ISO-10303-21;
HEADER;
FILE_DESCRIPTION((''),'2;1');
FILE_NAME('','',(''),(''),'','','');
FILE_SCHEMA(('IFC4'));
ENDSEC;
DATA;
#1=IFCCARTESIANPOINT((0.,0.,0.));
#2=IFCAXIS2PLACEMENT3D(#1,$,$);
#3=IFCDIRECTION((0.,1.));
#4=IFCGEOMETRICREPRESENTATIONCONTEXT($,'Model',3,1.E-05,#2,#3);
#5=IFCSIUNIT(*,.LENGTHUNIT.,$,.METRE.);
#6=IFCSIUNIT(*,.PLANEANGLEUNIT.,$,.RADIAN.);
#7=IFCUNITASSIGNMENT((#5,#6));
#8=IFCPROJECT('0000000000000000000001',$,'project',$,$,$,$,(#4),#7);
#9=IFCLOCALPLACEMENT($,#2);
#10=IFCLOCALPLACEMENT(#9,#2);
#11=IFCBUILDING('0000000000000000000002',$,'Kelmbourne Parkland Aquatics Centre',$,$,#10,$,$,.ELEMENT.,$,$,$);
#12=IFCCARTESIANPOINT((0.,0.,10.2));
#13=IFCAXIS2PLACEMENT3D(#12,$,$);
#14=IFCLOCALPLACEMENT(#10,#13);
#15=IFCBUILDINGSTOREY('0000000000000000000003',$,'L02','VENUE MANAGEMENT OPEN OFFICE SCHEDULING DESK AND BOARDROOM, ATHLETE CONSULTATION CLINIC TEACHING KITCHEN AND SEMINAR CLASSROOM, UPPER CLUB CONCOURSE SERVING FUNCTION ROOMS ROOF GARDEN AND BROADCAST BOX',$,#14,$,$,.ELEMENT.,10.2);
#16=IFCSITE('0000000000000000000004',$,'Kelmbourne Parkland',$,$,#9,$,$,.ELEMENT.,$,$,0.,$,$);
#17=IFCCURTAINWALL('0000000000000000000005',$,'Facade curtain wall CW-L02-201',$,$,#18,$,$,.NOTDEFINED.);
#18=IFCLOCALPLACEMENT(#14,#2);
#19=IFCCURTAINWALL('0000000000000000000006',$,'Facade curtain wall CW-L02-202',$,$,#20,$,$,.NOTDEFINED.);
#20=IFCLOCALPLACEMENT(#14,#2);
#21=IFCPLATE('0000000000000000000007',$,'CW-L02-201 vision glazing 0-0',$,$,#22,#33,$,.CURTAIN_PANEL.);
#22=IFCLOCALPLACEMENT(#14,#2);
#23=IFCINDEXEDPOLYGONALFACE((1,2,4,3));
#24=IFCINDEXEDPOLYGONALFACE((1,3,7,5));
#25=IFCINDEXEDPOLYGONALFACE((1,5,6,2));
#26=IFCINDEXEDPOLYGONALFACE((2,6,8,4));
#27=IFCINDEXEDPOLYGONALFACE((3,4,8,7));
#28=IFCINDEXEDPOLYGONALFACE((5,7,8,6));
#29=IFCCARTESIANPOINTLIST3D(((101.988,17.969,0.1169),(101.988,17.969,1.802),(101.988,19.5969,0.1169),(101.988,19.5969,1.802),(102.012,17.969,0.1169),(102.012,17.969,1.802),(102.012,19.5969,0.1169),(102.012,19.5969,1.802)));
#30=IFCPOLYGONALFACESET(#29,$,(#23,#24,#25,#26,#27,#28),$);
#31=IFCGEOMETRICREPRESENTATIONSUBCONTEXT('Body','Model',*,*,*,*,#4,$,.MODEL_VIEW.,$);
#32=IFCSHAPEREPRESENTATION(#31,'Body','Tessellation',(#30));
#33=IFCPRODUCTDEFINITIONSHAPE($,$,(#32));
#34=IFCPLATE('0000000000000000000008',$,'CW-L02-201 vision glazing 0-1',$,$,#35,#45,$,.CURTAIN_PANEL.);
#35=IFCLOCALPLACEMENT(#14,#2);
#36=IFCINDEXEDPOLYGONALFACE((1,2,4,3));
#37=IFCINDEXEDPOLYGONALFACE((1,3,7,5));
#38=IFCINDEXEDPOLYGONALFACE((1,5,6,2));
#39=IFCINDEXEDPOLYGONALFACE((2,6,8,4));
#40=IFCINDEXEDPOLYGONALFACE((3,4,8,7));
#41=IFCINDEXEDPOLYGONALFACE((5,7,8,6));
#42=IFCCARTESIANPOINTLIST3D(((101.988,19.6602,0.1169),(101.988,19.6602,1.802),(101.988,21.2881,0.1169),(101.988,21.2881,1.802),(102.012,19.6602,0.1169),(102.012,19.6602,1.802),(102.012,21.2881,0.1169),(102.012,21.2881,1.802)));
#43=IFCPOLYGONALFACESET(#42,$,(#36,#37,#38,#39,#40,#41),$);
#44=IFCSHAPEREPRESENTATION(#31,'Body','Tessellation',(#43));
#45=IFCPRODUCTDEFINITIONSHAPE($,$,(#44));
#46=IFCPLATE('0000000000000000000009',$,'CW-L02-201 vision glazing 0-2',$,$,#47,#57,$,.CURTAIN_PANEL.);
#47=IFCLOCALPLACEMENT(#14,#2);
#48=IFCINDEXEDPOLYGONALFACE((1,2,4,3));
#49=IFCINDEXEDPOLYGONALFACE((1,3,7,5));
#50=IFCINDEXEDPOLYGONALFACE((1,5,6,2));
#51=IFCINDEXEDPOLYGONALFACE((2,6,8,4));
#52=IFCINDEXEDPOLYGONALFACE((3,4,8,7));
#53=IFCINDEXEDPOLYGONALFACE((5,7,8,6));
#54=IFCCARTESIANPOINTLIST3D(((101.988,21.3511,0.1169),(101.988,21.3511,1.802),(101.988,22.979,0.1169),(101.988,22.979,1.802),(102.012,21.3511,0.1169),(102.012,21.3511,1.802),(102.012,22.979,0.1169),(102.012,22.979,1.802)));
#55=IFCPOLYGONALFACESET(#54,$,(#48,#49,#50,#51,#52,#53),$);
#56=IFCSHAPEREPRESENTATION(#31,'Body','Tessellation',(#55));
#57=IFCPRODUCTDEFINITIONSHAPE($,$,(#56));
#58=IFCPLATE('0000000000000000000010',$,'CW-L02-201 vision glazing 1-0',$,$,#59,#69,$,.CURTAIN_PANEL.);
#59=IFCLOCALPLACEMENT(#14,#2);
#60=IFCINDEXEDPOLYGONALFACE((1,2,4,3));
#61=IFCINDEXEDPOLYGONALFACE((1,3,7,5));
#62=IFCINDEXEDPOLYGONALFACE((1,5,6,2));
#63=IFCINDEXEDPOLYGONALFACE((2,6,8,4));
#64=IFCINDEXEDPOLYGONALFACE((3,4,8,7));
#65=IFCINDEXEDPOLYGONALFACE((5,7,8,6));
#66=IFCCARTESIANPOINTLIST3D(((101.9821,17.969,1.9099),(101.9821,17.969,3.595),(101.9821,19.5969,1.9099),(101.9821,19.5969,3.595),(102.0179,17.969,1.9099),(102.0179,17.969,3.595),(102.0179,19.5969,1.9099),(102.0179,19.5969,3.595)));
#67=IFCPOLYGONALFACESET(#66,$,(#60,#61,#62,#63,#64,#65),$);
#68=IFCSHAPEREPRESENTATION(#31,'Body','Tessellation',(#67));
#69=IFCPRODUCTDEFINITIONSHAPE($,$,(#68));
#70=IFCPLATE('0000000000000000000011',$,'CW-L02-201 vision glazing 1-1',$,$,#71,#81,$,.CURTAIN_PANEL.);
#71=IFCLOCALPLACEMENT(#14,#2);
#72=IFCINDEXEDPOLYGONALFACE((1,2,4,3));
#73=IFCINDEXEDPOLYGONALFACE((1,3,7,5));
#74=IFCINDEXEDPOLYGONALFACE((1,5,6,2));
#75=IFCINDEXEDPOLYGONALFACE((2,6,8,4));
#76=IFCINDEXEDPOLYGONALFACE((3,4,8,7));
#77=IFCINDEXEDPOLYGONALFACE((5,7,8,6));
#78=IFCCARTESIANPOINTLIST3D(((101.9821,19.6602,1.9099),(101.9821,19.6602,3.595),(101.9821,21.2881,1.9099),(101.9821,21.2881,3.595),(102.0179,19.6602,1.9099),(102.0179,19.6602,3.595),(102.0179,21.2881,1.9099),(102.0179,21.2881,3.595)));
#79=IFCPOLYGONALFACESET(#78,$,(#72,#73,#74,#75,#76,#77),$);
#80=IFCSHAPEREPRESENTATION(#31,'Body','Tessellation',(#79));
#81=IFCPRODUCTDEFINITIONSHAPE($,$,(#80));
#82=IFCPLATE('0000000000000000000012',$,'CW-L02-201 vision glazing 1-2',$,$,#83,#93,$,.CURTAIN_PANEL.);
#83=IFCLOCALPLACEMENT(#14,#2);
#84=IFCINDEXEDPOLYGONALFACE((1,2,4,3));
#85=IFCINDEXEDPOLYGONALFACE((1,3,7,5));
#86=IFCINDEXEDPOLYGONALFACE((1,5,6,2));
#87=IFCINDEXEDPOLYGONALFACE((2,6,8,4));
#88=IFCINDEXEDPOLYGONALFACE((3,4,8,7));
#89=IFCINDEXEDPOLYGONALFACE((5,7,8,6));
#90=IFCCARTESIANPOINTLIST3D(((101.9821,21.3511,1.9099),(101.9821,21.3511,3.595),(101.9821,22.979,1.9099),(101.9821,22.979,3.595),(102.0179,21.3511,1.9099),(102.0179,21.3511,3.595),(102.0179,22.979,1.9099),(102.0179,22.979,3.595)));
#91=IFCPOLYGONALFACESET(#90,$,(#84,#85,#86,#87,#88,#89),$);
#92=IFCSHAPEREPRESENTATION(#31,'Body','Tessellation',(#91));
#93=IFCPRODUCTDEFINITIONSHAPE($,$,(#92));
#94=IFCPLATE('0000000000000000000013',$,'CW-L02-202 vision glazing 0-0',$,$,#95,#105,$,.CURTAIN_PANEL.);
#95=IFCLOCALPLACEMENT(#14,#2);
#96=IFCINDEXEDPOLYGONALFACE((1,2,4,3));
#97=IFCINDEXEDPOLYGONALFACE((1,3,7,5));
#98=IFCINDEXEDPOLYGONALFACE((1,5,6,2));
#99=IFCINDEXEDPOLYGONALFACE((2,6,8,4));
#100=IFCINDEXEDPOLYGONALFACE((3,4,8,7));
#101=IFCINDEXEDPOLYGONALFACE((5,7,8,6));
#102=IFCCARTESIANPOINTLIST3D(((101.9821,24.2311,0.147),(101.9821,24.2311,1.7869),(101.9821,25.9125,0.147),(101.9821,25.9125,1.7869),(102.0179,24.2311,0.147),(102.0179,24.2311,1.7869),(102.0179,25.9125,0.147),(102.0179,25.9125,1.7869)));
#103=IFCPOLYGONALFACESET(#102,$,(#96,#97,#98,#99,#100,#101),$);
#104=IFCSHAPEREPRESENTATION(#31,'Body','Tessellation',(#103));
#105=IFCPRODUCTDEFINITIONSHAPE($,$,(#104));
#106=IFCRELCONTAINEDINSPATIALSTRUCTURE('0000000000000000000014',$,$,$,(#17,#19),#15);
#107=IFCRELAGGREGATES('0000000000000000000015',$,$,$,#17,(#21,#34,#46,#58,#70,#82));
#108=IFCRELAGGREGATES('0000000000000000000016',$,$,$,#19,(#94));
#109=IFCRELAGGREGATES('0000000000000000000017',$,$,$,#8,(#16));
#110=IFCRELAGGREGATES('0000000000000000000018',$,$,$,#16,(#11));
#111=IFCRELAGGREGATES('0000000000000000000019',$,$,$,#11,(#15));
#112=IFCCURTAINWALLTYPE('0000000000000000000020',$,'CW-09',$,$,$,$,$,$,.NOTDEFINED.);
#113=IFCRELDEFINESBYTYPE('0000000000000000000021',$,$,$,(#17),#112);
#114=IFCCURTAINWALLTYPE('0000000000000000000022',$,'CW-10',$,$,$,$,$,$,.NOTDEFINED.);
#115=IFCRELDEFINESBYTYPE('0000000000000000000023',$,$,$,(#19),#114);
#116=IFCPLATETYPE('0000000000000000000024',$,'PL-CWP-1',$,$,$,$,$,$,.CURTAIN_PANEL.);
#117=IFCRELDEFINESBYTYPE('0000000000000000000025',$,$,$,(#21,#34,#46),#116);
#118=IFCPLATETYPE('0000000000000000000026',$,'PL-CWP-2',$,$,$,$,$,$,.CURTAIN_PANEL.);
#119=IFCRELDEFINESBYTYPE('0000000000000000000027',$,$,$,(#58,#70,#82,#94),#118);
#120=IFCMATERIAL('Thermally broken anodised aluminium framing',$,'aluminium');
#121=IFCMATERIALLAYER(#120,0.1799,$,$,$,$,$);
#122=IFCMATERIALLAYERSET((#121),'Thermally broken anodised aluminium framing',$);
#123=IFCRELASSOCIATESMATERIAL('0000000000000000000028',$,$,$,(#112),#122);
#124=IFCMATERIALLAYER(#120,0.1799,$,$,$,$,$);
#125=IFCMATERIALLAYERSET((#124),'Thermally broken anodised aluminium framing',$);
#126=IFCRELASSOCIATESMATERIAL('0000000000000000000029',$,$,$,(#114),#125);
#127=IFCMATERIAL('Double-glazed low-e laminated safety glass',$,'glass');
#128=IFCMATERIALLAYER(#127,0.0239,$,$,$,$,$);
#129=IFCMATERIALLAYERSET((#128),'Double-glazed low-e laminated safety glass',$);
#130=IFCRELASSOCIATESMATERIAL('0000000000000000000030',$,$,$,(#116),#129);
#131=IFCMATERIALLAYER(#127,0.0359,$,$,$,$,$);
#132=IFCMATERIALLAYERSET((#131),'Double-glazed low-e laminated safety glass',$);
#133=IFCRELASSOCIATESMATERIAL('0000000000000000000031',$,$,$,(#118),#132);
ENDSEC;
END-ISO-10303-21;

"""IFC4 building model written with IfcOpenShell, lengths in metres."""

from ifc_helpers import new_model, si_unit, direction, frame, origin, origin_2d, place, context, subcontext, project, spatial, rectangle, extrude, material, layer, layer_set, type_object, element, aggregate, save


model = new_model("IFC4")

# Units and contexts
model_context = context("Model", 3, precision=1e-05, world=origin(), true_north=direction((0.0, 1.0)))
body_context = subcontext(model_context, "Body", "Model", "MODEL_VIEW")
ifc_project = project(units=[si_unit("LENGTHUNIT", "METRE"), si_unit("PLANEANGLEUNIT", "RADIAN")], contexts=[model_context])

# Site, building, storey
site_placement = place(None, origin())
site = spatial("IfcSite", under=ifc_project, at=site_placement, Name="Kelmbourne Parkland", CompositionType="ELEMENT", RefElevation=0.0)
building_placement = place(site_placement, origin())
building = spatial("IfcBuilding", under=site, at=building_placement, Name="Kelmbourne Parkland Aquatics Centre", CompositionType="ELEMENT")
storey_placement = place(building_placement, frame((0.0, 0.0, 10.2)))
storey = spatial("IfcBuildingStorey", under=building, at=storey_placement, Name="L02", Description="VENUE MANAGEMENT OPEN OFFICE SCHEDULING DESK AND BOARDROOM, ATHLETE CONSULTATION CLINIC TEACHING KITCHEN AND SEMINAR CLASSROOM, UPPER CLUB CONCOURSE SERVING FUNCTION ROOMS ROOF GARDEN AND BROADCAST BOX", CompositionType="ELEMENT", Elevation=10.2)

# Shared definitions
ifc_material_1 = material(Name="Thermally broken anodised aluminium framing", Category="aluminium")

# Curtain wall
ifc_layer_1 = layer(ifc_material_1, 0.1799)
ifc_layer_set_1 = layer_set([ifc_layer_1], Name="Thermally broken anodised aluminium framing")
curtain_wall_type_1 = type_object("IfcCurtainWallType", Name="CW-09", PredefinedType="NOTDEFINED", material=ifc_layer_set_1)
curtain_wall_1_placement = place(storey_placement, origin())
curtain_wall_1 = element("IfcCurtainWall", 1, at=curtain_wall_1_placement, inside=storey, type_object=curtain_wall_type_1, Name="Facade curtain wall CW-L02-201", PredefinedType="NOTDEFINED")

# Curtain wall
ifc_layer_2 = layer(ifc_material_1, 0.1799)
ifc_layer_set_2 = layer_set([ifc_layer_2], Name="Thermally broken anodised aluminium framing")
curtain_wall_type_2 = type_object("IfcCurtainWallType", Name="CW-10", PredefinedType="NOTDEFINED", material=ifc_layer_set_2)
curtain_wall_2_placement = place(storey_placement, origin())
curtain_wall_2 = element("IfcCurtainWall", 2, at=curtain_wall_2_placement, inside=storey, type_object=curtain_wall_type_2, Name="Facade curtain wall CW-L02-202", PredefinedType="NOTDEFINED")

# Plates
ifc_material_2 = material(Name="Double-glazed low-e laminated safety glass", Category="glass")
ifc_layer_3 = layer(ifc_material_2, 0.0239)
ifc_layer_set_3 = layer_set([ifc_layer_3], Name="Double-glazed low-e laminated safety glass")
plate_type_1 = type_object("IfcPlateType", Name="PL-CWP-1", PredefinedType="CURTAIN_PANEL", material=ifc_layer_set_3)
plate_1_placement = place(storey_placement, frame((102.0, 18.783, 0.1169), z_axis=(0.0, 0.0, 1.0), x_axis=(0.0, 1.0, 0.0)))
plate_1 = element("IfcPlate", 3, at=plate_1_placement, type_object=plate_type_1, Name="CW-L02-201 vision glazing 0-0", PredefinedType="CURTAIN_PANEL", context=body_context, shape_type="SweptSolid", body=[
    extrude(rectangle(XDim=1.6279, YDim=0.0239, at=origin_2d()), origin(), (0.0, 0.0, 1.0), 1.6851),
])
plate_2_placement = place(storey_placement, frame((102.0, 20.4741, 0.1169), z_axis=(0.0, 0.0, 1.0), x_axis=(0.0, 1.0, 0.0)))
plate_2 = element("IfcPlate", 4, at=plate_2_placement, type_object=plate_type_1, Name="CW-L02-201 vision glazing 0-1", PredefinedType="CURTAIN_PANEL", context=body_context, shape_type="SweptSolid", body=[
    extrude(rectangle(XDim=1.6279, YDim=0.0239, at=origin_2d()), origin(), (0.0, 0.0, 1.0), 1.6851),
])
plate_3_placement = place(storey_placement, frame((102.0, 22.165, 0.1169), z_axis=(0.0, 0.0, 1.0), x_axis=(0.0, 1.0, 0.0)))
plate_3 = element("IfcPlate", 5, at=plate_3_placement, type_object=plate_type_1, Name="CW-L02-201 vision glazing 0-2", PredefinedType="CURTAIN_PANEL", context=body_context, shape_type="SweptSolid", body=[
    extrude(rectangle(XDim=1.6279, YDim=0.0239, at=origin_2d()), origin(), (0.0, 0.0, 1.0), 1.6851),
])
ifc_layer_4 = layer(ifc_material_2, 0.0359)
ifc_layer_set_4 = layer_set([ifc_layer_4], Name="Double-glazed low-e laminated safety glass")
plate_type_2 = type_object("IfcPlateType", Name="PL-CWP-2", PredefinedType="CURTAIN_PANEL", material=ifc_layer_set_4)
plate_4_placement = place(storey_placement, frame((102.0, 18.783, 1.9099), z_axis=(0.0, 0.0, 1.0), x_axis=(0.0, 1.0, 0.0)))
plate_4 = element("IfcPlate", 6, at=plate_4_placement, type_object=plate_type_2, Name="CW-L02-201 vision glazing 1-0", PredefinedType="CURTAIN_PANEL", context=body_context, shape_type="SweptSolid", body=[
    extrude(rectangle(XDim=1.6279, YDim=0.0359, at=origin_2d()), origin(), (0.0, 0.0, 1.0), 1.6851),
])
plate_5_placement = place(storey_placement, frame((102.0, 20.4741, 1.9099), z_axis=(0.0, 0.0, 1.0), x_axis=(0.0, 1.0, 0.0)))
plate_5 = element("IfcPlate", 7, at=plate_5_placement, type_object=plate_type_2, Name="CW-L02-201 vision glazing 1-1", PredefinedType="CURTAIN_PANEL", context=body_context, shape_type="SweptSolid", body=[
    extrude(rectangle(XDim=1.6279, YDim=0.0359, at=origin_2d()), origin(), (0.0, 0.0, 1.0), 1.6851),
])
plate_6_placement = place(storey_placement, frame((102.0, 22.165, 1.9099), z_axis=(0.0, 0.0, 1.0), x_axis=(0.0, 1.0, 0.0)))
plate_6 = element("IfcPlate", 8, at=plate_6_placement, type_object=plate_type_2, Name="CW-L02-201 vision glazing 1-2", PredefinedType="CURTAIN_PANEL", context=body_context, shape_type="SweptSolid", body=[
    extrude(rectangle(XDim=1.6279, YDim=0.0359, at=origin_2d()), origin(), (0.0, 0.0, 1.0), 1.6851),
])
aggregate(curtain_wall_1, [plate_1, plate_2, plate_3, plate_4, plate_5, plate_6])
plate_7_placement = place(storey_placement, frame((102.0, 25.0718, 0.147), z_axis=(0.0, 0.0, 1.0), x_axis=(0.0, 1.0, 0.0)))
plate_7 = element("IfcPlate", 9, at=plate_7_placement, type_object=plate_type_2, Name="CW-L02-202 vision glazing 0-0", PredefinedType="CURTAIN_PANEL", context=body_context, shape_type="SweptSolid", body=[
    extrude(rectangle(XDim=1.6814, YDim=0.0359, at=origin_2d()), origin(), (0.0, 0.0, 1.0), 1.6399),
])
aggregate(curtain_wall_2, [plate_7])

save(model, "model.ifc")
